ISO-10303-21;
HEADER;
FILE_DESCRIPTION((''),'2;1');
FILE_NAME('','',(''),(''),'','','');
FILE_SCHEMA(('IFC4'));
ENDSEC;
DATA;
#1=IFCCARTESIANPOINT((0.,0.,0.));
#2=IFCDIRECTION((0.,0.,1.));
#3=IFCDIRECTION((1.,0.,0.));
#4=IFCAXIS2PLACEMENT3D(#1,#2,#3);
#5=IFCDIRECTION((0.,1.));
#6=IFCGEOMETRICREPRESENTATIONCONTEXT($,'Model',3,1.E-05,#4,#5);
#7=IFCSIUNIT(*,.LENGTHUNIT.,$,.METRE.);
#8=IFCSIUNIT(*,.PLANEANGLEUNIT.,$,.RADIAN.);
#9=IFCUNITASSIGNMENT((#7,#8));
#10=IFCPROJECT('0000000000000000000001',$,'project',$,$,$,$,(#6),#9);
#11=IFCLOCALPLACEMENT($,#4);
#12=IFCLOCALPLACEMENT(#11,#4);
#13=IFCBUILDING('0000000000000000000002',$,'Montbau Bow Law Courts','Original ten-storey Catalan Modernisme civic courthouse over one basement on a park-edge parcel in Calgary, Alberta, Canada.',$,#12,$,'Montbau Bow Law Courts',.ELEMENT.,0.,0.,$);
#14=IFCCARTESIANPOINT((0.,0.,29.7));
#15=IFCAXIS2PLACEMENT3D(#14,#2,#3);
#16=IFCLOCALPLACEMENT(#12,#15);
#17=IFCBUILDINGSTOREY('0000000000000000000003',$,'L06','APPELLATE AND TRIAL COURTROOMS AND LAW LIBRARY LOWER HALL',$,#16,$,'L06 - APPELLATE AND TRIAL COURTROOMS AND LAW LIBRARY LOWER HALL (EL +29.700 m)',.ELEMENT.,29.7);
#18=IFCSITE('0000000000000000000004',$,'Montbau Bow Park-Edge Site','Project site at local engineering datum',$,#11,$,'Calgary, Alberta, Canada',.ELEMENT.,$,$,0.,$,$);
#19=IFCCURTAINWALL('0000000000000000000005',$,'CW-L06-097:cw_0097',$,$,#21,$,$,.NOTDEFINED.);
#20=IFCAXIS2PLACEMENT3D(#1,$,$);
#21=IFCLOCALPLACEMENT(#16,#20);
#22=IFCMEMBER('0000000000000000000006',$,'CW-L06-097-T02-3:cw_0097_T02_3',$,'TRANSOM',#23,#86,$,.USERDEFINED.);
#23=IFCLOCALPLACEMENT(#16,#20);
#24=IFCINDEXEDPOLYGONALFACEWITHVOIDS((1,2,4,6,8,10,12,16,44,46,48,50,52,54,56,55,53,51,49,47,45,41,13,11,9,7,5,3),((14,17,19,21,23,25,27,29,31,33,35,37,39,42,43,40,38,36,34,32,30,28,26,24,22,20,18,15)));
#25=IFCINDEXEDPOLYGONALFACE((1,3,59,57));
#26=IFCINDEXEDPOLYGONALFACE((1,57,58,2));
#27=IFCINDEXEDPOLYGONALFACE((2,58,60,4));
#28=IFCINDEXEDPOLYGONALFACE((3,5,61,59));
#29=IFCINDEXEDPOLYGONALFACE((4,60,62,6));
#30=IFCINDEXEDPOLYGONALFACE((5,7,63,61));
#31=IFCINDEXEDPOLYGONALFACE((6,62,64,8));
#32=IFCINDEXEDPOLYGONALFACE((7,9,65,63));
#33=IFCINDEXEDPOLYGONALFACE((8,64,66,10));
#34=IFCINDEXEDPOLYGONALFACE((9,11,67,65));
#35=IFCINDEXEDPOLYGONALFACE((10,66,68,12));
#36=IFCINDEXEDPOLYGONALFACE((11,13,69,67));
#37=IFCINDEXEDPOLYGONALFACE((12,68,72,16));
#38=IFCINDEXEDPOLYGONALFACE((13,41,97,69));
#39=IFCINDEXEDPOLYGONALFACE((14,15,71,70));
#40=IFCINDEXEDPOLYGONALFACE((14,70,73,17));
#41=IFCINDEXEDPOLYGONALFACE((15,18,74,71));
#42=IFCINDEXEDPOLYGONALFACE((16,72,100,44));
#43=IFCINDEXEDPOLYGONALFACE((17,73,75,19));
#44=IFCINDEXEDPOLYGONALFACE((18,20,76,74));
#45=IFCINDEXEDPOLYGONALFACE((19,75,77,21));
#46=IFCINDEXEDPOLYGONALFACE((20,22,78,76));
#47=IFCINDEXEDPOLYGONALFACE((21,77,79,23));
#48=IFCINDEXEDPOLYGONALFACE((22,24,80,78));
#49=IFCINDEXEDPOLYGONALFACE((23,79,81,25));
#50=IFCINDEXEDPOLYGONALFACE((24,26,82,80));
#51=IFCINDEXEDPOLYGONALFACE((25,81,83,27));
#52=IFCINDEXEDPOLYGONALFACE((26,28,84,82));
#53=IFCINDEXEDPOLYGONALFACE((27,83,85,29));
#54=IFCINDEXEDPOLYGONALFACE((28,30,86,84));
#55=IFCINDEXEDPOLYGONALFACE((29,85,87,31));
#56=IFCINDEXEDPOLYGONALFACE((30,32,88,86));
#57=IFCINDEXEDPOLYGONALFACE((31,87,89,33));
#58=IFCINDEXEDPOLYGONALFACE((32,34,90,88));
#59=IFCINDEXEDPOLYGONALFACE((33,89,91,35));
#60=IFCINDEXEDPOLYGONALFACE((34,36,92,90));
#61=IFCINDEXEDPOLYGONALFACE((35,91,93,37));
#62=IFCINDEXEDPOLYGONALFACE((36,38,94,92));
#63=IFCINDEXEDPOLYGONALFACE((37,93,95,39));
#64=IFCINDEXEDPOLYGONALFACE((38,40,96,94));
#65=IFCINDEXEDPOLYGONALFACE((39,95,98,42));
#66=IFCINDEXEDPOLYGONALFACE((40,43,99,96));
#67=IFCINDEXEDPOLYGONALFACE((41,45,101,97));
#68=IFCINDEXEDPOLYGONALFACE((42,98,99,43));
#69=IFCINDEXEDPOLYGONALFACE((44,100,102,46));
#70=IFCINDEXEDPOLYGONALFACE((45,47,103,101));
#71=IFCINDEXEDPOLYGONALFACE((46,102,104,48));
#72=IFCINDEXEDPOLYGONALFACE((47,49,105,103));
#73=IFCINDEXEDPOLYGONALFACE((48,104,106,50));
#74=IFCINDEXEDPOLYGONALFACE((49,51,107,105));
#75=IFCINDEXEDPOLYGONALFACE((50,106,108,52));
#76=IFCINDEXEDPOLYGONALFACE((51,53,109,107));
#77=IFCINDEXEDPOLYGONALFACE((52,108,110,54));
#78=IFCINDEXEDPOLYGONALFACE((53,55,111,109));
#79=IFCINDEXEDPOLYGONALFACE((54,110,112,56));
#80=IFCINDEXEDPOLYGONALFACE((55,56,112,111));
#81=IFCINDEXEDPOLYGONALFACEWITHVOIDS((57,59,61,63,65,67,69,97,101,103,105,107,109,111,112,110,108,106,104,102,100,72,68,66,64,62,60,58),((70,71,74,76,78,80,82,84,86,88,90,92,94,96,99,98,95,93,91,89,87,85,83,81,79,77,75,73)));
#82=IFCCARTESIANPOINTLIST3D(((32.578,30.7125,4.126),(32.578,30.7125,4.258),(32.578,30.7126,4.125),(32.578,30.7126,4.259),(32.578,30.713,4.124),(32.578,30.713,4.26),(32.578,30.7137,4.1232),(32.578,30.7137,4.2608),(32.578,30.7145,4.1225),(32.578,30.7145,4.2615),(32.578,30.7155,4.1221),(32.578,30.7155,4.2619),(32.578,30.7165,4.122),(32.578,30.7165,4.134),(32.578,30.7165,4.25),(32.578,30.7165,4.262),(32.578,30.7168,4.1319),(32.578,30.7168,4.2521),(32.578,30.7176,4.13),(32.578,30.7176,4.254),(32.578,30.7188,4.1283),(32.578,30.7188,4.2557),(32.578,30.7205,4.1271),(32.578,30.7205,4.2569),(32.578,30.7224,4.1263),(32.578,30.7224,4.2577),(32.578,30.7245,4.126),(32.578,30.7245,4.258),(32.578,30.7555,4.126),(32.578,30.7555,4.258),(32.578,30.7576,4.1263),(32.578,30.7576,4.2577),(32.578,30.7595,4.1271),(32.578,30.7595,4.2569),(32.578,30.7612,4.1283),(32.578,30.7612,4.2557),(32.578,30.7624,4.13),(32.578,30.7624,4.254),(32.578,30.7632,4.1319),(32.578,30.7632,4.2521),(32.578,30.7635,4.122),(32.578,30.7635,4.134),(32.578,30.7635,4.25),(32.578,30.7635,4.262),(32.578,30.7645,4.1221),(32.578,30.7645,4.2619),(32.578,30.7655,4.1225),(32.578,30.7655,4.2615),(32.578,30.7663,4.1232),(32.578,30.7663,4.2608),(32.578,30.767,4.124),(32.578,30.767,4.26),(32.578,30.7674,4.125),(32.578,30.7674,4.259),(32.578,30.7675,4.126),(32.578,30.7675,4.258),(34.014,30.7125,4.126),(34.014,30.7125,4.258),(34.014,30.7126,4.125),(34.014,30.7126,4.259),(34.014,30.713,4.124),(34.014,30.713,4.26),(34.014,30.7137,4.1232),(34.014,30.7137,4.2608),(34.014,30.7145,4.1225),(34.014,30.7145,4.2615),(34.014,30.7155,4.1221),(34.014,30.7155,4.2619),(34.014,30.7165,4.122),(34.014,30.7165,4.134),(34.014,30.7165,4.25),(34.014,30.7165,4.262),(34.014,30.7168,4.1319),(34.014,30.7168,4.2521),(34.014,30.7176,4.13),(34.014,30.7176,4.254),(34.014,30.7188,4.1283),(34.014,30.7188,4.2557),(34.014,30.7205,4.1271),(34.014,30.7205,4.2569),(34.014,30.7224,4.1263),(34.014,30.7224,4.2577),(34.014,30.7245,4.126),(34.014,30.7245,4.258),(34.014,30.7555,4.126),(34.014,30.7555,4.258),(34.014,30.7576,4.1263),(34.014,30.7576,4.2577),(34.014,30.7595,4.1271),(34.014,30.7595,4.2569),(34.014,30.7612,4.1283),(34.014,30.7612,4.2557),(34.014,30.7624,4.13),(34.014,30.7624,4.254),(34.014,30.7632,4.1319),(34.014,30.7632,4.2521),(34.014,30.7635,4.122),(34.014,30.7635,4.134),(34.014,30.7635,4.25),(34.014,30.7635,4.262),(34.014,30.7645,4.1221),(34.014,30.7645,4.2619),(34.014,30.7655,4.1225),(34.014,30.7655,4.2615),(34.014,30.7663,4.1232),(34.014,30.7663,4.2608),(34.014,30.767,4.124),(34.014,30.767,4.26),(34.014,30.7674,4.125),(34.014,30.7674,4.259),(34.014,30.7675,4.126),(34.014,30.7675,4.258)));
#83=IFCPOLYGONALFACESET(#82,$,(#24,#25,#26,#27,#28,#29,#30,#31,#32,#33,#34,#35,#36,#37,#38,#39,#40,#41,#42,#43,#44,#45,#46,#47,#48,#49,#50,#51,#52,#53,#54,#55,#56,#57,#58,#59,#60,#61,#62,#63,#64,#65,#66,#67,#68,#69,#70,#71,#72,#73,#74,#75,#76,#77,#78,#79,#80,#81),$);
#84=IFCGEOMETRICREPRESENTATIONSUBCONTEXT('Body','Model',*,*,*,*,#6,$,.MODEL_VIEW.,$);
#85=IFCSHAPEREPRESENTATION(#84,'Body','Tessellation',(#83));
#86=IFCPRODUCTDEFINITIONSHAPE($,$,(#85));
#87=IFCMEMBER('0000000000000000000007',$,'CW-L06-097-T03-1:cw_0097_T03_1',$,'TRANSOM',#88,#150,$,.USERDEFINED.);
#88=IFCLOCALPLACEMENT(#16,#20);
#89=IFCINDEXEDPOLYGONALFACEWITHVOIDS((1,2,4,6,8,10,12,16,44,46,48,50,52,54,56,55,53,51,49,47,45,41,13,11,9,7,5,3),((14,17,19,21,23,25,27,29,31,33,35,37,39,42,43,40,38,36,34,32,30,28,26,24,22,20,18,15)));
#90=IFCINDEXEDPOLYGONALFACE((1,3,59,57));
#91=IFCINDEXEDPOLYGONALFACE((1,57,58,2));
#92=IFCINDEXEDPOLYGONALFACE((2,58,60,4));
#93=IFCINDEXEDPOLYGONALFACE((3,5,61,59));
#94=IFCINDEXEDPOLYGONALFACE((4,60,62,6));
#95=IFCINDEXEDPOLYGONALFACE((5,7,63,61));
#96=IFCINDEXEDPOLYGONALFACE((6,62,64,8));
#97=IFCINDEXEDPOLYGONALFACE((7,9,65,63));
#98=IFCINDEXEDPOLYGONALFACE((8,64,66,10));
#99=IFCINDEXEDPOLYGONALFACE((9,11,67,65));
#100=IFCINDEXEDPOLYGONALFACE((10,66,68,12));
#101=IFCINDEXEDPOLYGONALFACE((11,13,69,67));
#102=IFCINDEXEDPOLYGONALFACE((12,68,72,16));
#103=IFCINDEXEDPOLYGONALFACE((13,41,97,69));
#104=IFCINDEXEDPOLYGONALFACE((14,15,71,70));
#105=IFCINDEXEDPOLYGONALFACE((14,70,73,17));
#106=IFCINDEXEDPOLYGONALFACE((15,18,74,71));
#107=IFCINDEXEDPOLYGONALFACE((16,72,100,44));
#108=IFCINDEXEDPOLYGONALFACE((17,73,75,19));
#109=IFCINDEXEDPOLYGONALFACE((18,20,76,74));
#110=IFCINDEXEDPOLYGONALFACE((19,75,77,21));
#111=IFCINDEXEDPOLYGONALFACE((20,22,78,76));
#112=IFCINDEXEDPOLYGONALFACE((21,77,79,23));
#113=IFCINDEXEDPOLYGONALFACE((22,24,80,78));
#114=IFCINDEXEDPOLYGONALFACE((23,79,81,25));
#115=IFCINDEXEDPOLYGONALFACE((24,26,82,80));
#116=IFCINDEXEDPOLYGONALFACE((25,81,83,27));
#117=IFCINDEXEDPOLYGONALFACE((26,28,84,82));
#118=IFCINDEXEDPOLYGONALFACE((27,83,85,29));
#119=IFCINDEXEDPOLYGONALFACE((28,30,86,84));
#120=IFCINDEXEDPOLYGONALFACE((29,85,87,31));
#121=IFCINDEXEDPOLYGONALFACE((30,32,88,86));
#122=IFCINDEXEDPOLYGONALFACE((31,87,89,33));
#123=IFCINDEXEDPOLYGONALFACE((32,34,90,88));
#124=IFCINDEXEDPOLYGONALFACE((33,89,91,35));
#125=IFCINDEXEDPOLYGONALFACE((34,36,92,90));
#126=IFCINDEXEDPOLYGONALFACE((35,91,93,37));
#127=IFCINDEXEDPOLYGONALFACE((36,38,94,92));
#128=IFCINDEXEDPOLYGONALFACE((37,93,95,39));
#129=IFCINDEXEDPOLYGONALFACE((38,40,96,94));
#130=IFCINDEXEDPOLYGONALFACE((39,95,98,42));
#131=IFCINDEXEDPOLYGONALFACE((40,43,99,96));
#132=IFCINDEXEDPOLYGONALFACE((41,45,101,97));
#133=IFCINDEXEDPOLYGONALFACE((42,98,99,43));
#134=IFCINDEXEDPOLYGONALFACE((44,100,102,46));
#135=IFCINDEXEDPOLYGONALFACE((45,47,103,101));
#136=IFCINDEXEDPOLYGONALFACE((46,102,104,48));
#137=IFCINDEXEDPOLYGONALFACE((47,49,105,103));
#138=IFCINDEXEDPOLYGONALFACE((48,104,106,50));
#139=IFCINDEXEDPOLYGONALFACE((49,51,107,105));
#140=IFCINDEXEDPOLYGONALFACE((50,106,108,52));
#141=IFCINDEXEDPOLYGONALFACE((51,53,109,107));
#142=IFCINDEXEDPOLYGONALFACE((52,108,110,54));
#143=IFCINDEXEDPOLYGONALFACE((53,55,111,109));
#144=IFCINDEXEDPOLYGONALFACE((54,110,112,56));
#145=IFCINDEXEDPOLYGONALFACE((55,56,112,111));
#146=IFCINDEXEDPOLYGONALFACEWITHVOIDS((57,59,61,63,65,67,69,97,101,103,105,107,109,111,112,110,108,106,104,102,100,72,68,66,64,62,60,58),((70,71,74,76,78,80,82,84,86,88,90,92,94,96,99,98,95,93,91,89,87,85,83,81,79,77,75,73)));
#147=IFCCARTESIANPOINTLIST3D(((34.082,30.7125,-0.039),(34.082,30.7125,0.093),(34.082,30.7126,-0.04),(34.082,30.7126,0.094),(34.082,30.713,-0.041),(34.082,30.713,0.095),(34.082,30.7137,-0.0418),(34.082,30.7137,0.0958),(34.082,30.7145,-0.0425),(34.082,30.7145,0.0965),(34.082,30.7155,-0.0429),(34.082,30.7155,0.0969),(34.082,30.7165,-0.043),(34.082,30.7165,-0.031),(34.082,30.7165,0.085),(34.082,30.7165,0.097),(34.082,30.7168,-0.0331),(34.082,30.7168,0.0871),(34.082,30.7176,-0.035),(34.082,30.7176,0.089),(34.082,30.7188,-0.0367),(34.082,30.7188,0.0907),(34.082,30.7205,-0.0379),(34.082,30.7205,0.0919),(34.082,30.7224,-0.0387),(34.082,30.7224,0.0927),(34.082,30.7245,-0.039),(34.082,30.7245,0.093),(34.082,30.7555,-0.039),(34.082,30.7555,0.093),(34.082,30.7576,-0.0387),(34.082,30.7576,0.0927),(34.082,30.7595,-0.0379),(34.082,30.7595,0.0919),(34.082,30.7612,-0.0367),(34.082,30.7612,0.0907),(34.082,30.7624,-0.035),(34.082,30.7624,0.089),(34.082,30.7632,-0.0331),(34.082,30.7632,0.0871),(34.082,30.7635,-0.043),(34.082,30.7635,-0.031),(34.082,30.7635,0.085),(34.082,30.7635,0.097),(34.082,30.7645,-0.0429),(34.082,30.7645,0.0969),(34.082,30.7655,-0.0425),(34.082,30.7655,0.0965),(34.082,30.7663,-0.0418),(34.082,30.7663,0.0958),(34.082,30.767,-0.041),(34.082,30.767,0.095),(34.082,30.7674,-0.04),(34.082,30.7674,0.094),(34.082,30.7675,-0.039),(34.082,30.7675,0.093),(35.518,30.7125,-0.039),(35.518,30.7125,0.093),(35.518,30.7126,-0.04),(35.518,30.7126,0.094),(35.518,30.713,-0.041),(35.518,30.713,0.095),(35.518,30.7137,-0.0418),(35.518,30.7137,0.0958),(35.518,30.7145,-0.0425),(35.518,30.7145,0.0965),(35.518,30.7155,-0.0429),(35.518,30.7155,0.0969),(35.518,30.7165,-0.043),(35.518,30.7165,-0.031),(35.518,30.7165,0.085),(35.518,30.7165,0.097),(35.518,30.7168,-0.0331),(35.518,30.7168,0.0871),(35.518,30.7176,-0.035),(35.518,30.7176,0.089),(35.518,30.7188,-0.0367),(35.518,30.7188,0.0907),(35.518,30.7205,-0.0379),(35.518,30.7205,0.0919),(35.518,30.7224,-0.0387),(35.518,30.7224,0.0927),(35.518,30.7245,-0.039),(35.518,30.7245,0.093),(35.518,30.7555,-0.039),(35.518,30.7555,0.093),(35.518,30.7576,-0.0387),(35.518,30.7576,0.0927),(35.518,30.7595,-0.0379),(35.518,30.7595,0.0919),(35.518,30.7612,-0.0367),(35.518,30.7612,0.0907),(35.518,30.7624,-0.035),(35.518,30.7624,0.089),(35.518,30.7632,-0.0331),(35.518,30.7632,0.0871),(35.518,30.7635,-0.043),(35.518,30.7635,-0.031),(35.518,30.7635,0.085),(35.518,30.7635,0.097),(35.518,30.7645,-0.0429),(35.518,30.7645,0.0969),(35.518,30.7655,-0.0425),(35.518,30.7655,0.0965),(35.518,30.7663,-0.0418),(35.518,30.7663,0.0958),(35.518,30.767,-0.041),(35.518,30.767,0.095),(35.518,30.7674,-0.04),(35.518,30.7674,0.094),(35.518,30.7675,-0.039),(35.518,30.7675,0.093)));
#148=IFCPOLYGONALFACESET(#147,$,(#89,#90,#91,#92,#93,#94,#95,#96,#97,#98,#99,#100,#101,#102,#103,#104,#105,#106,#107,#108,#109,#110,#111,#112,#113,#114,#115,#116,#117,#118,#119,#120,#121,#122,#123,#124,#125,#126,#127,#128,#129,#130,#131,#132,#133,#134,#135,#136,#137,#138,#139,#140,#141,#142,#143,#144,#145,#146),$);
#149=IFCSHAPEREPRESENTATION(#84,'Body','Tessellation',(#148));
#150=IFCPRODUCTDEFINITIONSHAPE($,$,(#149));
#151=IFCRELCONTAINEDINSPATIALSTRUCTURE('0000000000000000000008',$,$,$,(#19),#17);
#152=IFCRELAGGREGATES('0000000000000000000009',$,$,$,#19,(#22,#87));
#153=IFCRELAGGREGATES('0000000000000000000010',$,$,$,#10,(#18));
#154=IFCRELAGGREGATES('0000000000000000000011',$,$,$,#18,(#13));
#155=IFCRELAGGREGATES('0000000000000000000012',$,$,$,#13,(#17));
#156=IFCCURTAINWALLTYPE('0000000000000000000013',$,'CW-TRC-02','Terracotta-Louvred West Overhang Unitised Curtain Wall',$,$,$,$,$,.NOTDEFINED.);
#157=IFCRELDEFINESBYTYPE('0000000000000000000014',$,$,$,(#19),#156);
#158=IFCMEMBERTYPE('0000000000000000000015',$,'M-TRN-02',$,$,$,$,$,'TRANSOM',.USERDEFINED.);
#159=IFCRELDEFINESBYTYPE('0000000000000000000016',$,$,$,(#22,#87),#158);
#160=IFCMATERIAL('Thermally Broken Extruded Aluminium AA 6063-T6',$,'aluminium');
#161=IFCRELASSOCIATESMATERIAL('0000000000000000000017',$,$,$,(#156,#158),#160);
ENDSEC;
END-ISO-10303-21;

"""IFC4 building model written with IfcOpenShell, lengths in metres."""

from ifc_helpers import new_model, si_unit, direction, frame, origin_with_axes, origin_2d_with_axis, place, context, subcontext, project, spatial, hollow_rectangle, extrude, material, material_profile, profile_set, type_object, element, aggregate, save


model = new_model("IFC4")

# Units and contexts
model_context = context("Model", 3, precision=1e-05, world=origin_with_axes(), true_north=direction((0.0, 1.0)))
body_context = subcontext(model_context, "Body", "Model", "MODEL_VIEW")
ifc_project = project(units=[si_unit("LENGTHUNIT", "METRE"), si_unit("PLANEANGLEUNIT", "RADIAN")], contexts=[model_context])

# Site, building, storey
site_placement = place(None, origin_with_axes())
site = spatial("IfcSite", under=ifc_project, at=site_placement, Name="Montbau Bow Park-Edge Site", Description="Project site at local engineering datum", LongName="Calgary, Alberta, Canada", CompositionType="ELEMENT", RefElevation=0.0)
building_placement = place(site_placement, origin_with_axes())
building = spatial("IfcBuilding", under=site, at=building_placement, Name="Montbau Bow Law Courts", Description="Original ten-storey Catalan Modernisme civic courthouse over one basement on a park-edge parcel in Calgary, Alberta, Canada.", LongName="Montbau Bow Law Courts", CompositionType="ELEMENT", ElevationOfRefHeight=0.0, ElevationOfTerrain=0.0)
storey_placement = place(building_placement, frame((0.0, 0.0, 29.7), z_axis=(0.0, 0.0, 1.0), x_axis=(1.0, 0.0, 0.0)))
storey = spatial("IfcBuildingStorey", under=building, at=storey_placement, Name="L06", Description="APPELLATE AND TRIAL COURTROOMS AND LAW LIBRARY LOWER HALL", LongName="L06 - APPELLATE AND TRIAL COURTROOMS AND LAW LIBRARY LOWER HALL (EL +29.700 m)", CompositionType="ELEMENT", Elevation=29.7)

# Curtain wall
ifc_material_1 = material(Name="Thermally Broken Extruded Aluminium AA 6063-T6", Category="aluminium")
curtain_wall_type = type_object("IfcCurtainWallType", Name="CW-TRC-02", Description="Terracotta-Louvred West Overhang Unitised Curtain Wall", PredefinedType="NOTDEFINED", material=ifc_material_1)
curtain_wall_1_placement = place(None, frame((31.04, 30.74, 29.7), z_axis=(0.0, 0.0, 1.0), x_axis=(1.0, 0.0, 0.0)))
curtain_wall_1 = element("IfcCurtainWall", 1, at=curtain_wall_1_placement, inside=storey, type_object=curtain_wall_type, Name="CW-L06-097:cw_0097", PredefinedType="NOTDEFINED")

# Members
ifc_material_profile_1 = material_profile(ifc_material_1, hollow_rectangle(XDim=0.055, YDim=0.14, WallThickness=0.004, InnerFilletRadius=0.008, OuterFilletRadius=0.004, at=origin_2d_with_axis()), Name="CWT-140X55", Category="Main", Priority=0)
ifc_profile_set_1 = profile_set([ifc_material_profile_1], Name="Thermally Broken Extruded Aluminium AA 6063-T6")
member_type_1 = type_object("IfcMemberType", Name="M-TRN-02", ElementType="TRANSOM", PredefinedType="USERDEFINED", material=ifc_profile_set_1)
member_1_placement = place(None, frame((32.578, 30.74, 33.892), z_axis=(1.0, 0.0, 0.0), x_axis=(0.0, 1.0, 0.0)))
member_1 = element("IfcMember", 2, at=member_1_placement, type_object=member_type_1, Name="CW-L06-097-T02-3:cw_0097_T02_3", ObjectType="TRANSOM", PredefinedType="USERDEFINED", context=body_context, shape_type="SweptSolid", body=[
    extrude(hollow_rectangle(XDim=0.055, YDim=0.14, WallThickness=0.004, InnerFilletRadius=0.008, OuterFilletRadius=0.004, at=origin_2d_with_axis()), origin_with_axes(), (0.0, 0.0, 1.0), 1.436),
])
member_2_placement = place(None, frame((34.082, 30.74, 29.727), z_axis=(1.0, 0.0, 0.0), x_axis=(0.0, 1.0, 0.0)))
member_2 = element("IfcMember", 3, at=member_2_placement, type_object=member_type_1, Name="CW-L06-097-T03-1:cw_0097_T03_1", ObjectType="TRANSOM", PredefinedType="USERDEFINED", context=body_context, shape_type="SweptSolid", body=[
    extrude(hollow_rectangle(XDim=0.055, YDim=0.14, WallThickness=0.004, InnerFilletRadius=0.008, OuterFilletRadius=0.004, at=origin_2d_with_axis()), origin_with_axes(), (0.0, 0.0, 1.0), 1.436),
])

aggregate(curtain_wall_1, [member_1, member_2])

save(model, "model.ifc")
